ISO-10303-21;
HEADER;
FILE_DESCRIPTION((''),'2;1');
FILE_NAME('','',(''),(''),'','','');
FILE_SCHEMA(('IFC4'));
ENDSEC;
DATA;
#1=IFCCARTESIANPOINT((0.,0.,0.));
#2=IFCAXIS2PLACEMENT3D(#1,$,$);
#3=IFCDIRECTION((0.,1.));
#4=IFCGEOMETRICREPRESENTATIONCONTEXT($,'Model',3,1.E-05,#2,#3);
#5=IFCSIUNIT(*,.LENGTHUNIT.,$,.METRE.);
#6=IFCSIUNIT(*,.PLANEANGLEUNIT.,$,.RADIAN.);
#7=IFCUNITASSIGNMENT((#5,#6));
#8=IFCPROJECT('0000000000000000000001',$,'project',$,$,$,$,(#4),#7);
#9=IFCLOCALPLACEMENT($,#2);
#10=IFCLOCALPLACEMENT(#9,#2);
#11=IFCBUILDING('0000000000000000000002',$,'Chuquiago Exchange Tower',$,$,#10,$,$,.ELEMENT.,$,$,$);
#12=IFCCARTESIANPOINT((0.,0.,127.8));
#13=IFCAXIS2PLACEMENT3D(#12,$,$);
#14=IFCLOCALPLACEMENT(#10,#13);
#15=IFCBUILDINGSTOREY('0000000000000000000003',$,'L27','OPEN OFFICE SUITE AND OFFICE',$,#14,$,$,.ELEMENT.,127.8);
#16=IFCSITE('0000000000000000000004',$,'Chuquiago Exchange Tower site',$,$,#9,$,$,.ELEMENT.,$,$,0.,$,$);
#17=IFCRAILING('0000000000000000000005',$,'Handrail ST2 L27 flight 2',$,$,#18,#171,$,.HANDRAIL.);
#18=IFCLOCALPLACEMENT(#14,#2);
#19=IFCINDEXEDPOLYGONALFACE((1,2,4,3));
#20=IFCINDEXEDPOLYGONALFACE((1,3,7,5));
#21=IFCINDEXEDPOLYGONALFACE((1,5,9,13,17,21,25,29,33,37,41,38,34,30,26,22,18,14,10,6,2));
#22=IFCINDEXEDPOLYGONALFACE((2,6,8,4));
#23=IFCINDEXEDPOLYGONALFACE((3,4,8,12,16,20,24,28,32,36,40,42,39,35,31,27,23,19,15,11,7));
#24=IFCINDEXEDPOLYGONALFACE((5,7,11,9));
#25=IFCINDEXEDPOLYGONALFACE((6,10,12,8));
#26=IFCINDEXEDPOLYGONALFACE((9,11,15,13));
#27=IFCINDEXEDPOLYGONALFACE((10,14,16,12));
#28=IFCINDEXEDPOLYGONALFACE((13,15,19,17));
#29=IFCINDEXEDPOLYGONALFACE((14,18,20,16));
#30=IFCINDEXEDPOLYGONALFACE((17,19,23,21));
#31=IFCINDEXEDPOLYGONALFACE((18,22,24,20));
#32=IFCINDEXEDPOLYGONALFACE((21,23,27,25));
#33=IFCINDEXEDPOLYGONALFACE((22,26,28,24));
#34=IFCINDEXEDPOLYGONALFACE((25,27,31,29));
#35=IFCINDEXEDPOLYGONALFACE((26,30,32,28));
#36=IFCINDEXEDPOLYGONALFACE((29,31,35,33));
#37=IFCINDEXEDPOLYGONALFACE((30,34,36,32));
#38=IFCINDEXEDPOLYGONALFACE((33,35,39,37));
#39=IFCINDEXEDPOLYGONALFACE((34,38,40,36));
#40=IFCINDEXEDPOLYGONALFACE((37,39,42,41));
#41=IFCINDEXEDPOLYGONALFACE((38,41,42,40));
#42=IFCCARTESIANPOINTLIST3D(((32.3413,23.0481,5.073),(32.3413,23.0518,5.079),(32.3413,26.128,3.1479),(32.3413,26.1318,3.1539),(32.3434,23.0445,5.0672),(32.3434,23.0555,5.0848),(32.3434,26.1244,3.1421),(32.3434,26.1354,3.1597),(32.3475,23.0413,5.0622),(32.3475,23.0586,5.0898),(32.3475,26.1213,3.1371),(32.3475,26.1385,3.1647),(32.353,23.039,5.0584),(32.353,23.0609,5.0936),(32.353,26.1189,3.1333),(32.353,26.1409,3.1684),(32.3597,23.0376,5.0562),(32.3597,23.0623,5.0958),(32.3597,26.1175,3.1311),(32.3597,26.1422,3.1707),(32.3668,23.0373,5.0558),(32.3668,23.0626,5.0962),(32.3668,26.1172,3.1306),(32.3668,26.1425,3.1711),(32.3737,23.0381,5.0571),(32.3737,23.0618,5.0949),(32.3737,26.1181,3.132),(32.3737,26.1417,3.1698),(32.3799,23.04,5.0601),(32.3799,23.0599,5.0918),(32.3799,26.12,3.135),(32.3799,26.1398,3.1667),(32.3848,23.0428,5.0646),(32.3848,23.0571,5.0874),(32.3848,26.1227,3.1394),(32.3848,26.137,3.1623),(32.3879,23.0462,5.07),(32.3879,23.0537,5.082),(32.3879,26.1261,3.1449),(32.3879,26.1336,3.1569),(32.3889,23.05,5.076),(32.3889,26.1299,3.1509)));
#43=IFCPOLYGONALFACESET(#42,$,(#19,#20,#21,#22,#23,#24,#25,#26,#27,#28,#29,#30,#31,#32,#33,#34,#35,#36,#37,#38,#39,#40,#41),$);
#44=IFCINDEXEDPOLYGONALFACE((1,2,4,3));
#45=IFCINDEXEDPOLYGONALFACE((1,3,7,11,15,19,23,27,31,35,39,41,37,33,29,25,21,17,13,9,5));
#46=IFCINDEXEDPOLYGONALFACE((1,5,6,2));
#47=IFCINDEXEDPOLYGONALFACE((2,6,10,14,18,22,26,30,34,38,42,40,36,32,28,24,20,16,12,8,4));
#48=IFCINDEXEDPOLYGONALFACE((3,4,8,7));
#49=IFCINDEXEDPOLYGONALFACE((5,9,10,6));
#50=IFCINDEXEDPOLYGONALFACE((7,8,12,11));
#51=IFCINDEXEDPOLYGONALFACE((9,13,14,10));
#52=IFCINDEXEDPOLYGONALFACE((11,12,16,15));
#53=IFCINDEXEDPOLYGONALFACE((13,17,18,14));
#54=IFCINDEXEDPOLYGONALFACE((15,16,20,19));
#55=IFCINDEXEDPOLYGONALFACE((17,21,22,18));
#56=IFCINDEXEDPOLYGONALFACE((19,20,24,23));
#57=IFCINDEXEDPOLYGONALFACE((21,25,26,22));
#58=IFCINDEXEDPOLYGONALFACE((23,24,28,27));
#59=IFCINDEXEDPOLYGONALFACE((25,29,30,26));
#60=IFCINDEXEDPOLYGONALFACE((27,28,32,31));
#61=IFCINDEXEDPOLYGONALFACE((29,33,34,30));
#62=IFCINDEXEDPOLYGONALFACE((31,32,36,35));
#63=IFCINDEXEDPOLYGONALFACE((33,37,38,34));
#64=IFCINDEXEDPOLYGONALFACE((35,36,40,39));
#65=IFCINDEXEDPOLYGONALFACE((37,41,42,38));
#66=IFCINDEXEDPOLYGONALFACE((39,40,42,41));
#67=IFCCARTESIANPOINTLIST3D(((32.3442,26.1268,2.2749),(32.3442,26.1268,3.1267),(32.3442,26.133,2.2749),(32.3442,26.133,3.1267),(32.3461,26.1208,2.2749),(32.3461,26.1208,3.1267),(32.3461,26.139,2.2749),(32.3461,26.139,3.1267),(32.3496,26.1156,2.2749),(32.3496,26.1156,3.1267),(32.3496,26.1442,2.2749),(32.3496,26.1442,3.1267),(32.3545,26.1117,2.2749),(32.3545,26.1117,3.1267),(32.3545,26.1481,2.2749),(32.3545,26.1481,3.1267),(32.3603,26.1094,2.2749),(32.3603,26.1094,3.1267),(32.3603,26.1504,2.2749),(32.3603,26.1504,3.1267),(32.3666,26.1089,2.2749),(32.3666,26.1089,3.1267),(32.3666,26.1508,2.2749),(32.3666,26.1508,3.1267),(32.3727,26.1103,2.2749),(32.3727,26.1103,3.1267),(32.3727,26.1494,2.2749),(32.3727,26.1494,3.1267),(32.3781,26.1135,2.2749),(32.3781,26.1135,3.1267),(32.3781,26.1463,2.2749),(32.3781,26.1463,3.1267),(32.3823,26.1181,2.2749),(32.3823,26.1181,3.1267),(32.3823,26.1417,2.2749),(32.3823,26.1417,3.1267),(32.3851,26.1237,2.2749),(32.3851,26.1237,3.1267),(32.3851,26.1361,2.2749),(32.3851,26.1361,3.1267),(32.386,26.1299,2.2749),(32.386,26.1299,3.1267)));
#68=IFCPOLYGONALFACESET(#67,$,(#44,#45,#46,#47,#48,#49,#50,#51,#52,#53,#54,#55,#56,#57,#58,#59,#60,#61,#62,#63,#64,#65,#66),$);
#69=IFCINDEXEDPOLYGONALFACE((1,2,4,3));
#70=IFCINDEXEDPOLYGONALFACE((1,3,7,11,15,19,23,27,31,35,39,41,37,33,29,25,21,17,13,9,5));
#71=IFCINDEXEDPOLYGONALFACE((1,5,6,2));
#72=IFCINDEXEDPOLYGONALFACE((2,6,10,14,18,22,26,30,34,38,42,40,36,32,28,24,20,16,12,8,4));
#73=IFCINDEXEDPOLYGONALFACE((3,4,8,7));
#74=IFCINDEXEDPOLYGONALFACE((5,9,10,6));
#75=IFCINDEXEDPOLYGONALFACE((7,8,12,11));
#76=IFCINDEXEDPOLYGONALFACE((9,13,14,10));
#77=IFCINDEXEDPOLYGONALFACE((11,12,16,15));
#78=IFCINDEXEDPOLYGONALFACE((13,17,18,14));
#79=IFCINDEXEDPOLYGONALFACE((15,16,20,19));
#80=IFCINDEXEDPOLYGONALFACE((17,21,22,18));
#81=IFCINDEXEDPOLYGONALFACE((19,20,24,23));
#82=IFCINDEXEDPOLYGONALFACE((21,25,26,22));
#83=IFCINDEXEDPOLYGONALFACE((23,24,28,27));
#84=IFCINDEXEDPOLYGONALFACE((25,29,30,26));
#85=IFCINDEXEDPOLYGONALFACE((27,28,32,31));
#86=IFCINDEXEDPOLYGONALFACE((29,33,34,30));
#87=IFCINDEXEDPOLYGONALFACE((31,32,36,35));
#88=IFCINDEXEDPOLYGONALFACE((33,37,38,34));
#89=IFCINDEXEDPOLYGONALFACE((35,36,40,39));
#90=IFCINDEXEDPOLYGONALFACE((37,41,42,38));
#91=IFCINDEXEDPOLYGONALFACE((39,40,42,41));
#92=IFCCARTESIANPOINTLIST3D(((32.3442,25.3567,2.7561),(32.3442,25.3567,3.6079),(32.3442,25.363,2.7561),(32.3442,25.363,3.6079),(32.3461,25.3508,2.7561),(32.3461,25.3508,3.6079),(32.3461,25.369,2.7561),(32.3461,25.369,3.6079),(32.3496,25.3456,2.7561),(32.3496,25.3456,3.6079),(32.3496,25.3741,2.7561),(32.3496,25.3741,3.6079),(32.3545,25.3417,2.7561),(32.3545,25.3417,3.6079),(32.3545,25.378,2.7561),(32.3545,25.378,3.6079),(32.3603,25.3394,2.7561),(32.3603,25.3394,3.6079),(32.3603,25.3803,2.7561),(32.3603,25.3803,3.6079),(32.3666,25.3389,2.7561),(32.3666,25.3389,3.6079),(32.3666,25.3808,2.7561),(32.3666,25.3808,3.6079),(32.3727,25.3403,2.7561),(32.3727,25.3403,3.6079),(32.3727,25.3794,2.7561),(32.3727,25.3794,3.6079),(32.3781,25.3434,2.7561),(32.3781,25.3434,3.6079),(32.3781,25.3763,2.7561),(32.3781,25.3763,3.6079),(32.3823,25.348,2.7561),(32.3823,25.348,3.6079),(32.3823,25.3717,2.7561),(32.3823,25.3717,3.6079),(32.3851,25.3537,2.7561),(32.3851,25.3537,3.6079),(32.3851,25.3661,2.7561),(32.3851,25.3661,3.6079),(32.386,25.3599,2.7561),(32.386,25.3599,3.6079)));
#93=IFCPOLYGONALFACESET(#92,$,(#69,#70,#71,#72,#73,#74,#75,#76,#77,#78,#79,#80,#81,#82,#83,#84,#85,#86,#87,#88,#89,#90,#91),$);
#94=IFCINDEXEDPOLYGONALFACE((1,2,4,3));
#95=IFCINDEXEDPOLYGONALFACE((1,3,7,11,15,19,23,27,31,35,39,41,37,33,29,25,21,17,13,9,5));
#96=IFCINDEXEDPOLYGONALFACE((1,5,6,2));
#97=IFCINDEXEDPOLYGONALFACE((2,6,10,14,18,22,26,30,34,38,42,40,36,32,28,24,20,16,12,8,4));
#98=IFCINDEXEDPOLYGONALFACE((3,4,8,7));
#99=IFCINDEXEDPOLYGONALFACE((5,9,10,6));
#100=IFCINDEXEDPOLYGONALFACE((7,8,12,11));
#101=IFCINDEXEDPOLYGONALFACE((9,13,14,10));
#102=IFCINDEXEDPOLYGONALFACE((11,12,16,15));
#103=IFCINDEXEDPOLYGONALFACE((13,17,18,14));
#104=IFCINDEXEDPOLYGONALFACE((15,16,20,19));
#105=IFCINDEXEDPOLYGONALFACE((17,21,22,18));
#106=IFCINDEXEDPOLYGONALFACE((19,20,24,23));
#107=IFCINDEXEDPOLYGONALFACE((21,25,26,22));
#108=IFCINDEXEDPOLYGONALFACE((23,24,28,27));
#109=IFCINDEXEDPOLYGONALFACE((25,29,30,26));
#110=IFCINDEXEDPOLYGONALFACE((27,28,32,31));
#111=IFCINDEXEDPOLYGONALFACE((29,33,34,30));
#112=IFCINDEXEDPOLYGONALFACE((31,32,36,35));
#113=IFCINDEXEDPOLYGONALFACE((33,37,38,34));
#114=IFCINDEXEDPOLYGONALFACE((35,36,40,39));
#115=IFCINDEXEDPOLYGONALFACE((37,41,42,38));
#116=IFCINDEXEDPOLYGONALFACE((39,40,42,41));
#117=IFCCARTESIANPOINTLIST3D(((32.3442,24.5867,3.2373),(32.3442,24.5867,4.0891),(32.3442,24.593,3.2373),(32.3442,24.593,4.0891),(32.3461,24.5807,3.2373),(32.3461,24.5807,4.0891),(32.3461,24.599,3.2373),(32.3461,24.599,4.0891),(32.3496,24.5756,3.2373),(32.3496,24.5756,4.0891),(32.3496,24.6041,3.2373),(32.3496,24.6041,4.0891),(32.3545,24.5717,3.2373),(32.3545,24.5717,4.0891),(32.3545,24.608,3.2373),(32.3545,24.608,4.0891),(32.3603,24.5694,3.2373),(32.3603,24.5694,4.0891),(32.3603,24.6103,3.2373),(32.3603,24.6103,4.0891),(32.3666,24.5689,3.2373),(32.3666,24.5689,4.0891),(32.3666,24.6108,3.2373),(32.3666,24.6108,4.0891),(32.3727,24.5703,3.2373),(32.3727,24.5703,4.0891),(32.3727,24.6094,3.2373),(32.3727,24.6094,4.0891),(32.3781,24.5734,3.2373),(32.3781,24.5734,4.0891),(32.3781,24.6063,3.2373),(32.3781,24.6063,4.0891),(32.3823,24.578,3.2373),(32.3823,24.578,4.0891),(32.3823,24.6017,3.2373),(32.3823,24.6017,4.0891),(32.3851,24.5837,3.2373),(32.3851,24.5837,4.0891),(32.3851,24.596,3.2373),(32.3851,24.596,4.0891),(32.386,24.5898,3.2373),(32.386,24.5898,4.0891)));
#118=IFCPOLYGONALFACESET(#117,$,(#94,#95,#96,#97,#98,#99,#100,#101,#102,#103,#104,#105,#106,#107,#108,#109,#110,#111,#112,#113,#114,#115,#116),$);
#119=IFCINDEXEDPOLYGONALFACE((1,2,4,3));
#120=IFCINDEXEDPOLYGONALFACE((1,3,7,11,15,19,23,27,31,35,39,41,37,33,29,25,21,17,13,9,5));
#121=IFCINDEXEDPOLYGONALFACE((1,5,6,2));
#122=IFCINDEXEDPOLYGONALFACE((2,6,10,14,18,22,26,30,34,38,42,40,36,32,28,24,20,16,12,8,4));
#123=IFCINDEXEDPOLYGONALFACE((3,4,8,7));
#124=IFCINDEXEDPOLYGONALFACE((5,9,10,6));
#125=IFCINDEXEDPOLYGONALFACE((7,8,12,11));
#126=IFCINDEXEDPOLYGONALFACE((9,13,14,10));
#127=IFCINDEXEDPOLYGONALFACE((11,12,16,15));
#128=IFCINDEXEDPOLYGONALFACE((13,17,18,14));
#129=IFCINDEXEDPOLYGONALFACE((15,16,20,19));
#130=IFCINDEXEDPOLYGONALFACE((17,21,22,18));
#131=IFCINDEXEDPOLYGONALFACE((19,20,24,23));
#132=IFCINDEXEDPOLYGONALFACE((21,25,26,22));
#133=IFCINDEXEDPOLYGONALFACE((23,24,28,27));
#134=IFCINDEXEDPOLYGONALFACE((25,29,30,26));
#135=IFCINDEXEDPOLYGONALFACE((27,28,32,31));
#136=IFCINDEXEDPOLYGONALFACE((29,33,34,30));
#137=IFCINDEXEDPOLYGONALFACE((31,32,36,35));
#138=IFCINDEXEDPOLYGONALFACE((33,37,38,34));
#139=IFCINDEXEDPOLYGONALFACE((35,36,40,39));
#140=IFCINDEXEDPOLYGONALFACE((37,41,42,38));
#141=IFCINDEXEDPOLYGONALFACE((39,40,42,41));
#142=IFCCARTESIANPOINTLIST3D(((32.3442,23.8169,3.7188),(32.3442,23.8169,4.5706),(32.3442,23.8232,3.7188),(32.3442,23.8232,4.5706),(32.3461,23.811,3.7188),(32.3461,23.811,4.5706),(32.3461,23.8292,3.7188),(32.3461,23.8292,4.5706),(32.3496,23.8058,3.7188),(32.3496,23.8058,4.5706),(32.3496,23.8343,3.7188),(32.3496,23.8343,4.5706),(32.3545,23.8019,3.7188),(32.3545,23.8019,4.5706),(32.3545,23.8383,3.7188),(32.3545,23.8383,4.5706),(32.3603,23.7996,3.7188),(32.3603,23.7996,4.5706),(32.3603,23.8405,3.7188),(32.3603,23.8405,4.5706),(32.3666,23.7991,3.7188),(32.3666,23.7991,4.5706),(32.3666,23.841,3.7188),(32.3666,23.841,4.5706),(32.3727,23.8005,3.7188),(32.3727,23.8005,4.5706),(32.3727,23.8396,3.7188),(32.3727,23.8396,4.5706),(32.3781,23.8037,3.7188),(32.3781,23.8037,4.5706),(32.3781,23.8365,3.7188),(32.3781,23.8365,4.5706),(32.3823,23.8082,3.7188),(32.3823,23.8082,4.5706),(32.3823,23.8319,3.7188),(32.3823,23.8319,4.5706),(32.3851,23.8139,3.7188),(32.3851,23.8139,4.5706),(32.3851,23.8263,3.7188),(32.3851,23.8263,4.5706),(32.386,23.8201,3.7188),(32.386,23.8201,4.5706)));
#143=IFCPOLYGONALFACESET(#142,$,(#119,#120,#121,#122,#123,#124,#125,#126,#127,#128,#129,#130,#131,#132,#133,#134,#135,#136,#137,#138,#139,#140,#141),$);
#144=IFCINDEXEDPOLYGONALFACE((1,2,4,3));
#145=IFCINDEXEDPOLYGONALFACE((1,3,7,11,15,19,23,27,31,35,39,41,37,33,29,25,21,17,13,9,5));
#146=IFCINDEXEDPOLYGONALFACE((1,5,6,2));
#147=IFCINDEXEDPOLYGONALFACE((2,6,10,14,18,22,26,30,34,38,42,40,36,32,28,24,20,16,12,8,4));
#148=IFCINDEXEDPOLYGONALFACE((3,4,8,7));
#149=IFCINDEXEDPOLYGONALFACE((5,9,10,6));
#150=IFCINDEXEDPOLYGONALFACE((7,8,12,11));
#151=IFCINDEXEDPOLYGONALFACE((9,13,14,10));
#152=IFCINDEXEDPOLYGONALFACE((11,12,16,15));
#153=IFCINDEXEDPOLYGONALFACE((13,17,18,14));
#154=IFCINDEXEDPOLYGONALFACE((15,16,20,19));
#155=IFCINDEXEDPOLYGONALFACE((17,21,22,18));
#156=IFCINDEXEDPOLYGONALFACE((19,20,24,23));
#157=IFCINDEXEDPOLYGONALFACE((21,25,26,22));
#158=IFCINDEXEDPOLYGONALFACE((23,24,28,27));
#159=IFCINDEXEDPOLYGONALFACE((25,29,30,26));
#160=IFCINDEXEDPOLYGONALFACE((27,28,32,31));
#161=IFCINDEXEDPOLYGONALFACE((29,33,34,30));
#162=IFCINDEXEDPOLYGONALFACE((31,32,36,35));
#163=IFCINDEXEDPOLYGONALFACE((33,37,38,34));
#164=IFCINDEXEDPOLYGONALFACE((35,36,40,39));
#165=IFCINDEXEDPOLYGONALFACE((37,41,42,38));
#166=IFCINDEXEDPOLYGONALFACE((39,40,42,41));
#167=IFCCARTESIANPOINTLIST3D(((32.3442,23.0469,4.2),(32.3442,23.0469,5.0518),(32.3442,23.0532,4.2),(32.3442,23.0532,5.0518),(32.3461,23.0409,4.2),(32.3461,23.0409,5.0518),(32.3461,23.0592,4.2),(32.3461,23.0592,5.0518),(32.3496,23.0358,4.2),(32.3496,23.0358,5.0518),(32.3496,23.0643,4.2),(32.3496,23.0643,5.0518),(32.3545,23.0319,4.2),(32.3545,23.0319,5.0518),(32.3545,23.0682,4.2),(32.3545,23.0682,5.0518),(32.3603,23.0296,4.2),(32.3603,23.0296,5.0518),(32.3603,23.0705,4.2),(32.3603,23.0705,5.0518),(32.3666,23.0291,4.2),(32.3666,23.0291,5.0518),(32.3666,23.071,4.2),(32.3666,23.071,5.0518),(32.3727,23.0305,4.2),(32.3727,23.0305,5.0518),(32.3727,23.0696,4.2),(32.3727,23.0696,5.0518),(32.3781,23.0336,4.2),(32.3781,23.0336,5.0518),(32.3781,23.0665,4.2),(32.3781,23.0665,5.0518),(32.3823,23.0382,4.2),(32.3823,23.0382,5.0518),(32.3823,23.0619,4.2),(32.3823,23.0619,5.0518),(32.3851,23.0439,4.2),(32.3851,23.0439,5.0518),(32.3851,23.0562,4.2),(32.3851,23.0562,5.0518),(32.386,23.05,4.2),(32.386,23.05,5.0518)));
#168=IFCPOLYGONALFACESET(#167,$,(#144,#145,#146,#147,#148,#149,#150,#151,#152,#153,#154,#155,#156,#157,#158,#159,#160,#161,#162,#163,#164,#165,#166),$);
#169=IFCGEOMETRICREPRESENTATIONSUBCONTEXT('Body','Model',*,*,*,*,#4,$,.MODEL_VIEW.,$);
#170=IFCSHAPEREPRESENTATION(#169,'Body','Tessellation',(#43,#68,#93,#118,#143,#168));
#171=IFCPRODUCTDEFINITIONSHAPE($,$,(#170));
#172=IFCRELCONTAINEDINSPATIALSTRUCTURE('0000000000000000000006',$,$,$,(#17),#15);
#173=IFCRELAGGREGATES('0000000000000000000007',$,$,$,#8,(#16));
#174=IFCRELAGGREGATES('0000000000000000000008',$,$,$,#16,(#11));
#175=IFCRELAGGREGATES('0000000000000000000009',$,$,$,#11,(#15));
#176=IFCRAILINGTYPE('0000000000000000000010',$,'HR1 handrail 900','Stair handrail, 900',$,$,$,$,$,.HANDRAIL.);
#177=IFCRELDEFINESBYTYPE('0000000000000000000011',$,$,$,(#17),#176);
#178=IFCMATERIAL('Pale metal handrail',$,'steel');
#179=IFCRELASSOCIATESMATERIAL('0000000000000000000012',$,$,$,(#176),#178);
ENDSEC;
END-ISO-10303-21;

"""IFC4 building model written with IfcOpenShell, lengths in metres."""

from ifc_helpers import new_model, si_unit, direction, frame, origin, origin_2d, place, context, subcontext, project, spatial, circle, extrude, material, type_object, element, save


model = new_model("IFC4")

# Units and contexts
model_context = context("Model", 3, precision=1e-05, world=origin(), true_north=direction((0.0, 1.0)))
body_context = subcontext(model_context, "Body", "Model", "MODEL_VIEW")
ifc_project = project(units=[si_unit("LENGTHUNIT", "METRE"), si_unit("PLANEANGLEUNIT", "RADIAN")], contexts=[model_context])

# Site, building, storey
site_placement = place(None, origin())
site = spatial("IfcSite", under=ifc_project, at=site_placement, Name="Chuquiago Exchange Tower site", CompositionType="ELEMENT", RefElevation=0.0)
building_placement = place(site_placement, origin())
building = spatial("IfcBuilding", under=site, at=building_placement, Name="Chuquiago Exchange Tower", CompositionType="ELEMENT")
storey_placement = place(building_placement, frame((0.0, 0.0, 127.8)))
storey = spatial("IfcBuildingStorey", under=building, at=storey_placement, Name="L27", Description="OPEN OFFICE SUITE AND OFFICE", CompositionType="ELEMENT", Elevation=127.8)

# Railing
ifc_material_1 = material(Name="Pale metal handrail", Category="steel")
railing_type_1 = type_object("IfcRailingType", Name="HR1 handrail 900", Description="Stair handrail, 900", PredefinedType="HANDRAIL", material=ifc_material_1)
railing_1_placement = place(storey_placement, frame((32.365, 26.1299, 2.2749)))
element("IfcRailing", 1, at=railing_1_placement, inside=storey, type_object=railing_type_1, Name="Handrail ST2 L27 flight 2", PredefinedType="HANDRAIL", context=body_context, shape_type="SweptSolid", body=[
    extrude(circle(Radius=0.0239, at=origin_2d()), frame((0.0, 0.0, 0.876), z_axis=(0.0, -0.847979, 0.530029), x_axis=(1.0, 0.0, 0.0)), (0.0, 0.0, 1.0), 3.6321),
    extrude(circle(Radius=0.021, at=origin_2d()), origin(), (0.0, 0.0, 1.0), 0.8518),
    extrude(circle(Radius=0.021, at=origin_2d()), frame((0.0, -0.77, 0.4812)), (0.0, 0.0, 1.0), 0.8518),
    extrude(circle(Radius=0.021, at=origin_2d()), frame((0.0, -1.54, 0.9624)), (0.0, 0.0, 1.0), 0.8518),
    extrude(circle(Radius=0.021, at=origin_2d()), frame((0.0, -2.3098, 1.4438)), (0.0, 0.0, 1.0), 0.8518),
    extrude(circle(Radius=0.021, at=origin_2d()), frame((0.0, -3.0798, 1.925)), (0.0, 0.0, 1.0), 0.8518),
])

save(model, "model.ifc")
